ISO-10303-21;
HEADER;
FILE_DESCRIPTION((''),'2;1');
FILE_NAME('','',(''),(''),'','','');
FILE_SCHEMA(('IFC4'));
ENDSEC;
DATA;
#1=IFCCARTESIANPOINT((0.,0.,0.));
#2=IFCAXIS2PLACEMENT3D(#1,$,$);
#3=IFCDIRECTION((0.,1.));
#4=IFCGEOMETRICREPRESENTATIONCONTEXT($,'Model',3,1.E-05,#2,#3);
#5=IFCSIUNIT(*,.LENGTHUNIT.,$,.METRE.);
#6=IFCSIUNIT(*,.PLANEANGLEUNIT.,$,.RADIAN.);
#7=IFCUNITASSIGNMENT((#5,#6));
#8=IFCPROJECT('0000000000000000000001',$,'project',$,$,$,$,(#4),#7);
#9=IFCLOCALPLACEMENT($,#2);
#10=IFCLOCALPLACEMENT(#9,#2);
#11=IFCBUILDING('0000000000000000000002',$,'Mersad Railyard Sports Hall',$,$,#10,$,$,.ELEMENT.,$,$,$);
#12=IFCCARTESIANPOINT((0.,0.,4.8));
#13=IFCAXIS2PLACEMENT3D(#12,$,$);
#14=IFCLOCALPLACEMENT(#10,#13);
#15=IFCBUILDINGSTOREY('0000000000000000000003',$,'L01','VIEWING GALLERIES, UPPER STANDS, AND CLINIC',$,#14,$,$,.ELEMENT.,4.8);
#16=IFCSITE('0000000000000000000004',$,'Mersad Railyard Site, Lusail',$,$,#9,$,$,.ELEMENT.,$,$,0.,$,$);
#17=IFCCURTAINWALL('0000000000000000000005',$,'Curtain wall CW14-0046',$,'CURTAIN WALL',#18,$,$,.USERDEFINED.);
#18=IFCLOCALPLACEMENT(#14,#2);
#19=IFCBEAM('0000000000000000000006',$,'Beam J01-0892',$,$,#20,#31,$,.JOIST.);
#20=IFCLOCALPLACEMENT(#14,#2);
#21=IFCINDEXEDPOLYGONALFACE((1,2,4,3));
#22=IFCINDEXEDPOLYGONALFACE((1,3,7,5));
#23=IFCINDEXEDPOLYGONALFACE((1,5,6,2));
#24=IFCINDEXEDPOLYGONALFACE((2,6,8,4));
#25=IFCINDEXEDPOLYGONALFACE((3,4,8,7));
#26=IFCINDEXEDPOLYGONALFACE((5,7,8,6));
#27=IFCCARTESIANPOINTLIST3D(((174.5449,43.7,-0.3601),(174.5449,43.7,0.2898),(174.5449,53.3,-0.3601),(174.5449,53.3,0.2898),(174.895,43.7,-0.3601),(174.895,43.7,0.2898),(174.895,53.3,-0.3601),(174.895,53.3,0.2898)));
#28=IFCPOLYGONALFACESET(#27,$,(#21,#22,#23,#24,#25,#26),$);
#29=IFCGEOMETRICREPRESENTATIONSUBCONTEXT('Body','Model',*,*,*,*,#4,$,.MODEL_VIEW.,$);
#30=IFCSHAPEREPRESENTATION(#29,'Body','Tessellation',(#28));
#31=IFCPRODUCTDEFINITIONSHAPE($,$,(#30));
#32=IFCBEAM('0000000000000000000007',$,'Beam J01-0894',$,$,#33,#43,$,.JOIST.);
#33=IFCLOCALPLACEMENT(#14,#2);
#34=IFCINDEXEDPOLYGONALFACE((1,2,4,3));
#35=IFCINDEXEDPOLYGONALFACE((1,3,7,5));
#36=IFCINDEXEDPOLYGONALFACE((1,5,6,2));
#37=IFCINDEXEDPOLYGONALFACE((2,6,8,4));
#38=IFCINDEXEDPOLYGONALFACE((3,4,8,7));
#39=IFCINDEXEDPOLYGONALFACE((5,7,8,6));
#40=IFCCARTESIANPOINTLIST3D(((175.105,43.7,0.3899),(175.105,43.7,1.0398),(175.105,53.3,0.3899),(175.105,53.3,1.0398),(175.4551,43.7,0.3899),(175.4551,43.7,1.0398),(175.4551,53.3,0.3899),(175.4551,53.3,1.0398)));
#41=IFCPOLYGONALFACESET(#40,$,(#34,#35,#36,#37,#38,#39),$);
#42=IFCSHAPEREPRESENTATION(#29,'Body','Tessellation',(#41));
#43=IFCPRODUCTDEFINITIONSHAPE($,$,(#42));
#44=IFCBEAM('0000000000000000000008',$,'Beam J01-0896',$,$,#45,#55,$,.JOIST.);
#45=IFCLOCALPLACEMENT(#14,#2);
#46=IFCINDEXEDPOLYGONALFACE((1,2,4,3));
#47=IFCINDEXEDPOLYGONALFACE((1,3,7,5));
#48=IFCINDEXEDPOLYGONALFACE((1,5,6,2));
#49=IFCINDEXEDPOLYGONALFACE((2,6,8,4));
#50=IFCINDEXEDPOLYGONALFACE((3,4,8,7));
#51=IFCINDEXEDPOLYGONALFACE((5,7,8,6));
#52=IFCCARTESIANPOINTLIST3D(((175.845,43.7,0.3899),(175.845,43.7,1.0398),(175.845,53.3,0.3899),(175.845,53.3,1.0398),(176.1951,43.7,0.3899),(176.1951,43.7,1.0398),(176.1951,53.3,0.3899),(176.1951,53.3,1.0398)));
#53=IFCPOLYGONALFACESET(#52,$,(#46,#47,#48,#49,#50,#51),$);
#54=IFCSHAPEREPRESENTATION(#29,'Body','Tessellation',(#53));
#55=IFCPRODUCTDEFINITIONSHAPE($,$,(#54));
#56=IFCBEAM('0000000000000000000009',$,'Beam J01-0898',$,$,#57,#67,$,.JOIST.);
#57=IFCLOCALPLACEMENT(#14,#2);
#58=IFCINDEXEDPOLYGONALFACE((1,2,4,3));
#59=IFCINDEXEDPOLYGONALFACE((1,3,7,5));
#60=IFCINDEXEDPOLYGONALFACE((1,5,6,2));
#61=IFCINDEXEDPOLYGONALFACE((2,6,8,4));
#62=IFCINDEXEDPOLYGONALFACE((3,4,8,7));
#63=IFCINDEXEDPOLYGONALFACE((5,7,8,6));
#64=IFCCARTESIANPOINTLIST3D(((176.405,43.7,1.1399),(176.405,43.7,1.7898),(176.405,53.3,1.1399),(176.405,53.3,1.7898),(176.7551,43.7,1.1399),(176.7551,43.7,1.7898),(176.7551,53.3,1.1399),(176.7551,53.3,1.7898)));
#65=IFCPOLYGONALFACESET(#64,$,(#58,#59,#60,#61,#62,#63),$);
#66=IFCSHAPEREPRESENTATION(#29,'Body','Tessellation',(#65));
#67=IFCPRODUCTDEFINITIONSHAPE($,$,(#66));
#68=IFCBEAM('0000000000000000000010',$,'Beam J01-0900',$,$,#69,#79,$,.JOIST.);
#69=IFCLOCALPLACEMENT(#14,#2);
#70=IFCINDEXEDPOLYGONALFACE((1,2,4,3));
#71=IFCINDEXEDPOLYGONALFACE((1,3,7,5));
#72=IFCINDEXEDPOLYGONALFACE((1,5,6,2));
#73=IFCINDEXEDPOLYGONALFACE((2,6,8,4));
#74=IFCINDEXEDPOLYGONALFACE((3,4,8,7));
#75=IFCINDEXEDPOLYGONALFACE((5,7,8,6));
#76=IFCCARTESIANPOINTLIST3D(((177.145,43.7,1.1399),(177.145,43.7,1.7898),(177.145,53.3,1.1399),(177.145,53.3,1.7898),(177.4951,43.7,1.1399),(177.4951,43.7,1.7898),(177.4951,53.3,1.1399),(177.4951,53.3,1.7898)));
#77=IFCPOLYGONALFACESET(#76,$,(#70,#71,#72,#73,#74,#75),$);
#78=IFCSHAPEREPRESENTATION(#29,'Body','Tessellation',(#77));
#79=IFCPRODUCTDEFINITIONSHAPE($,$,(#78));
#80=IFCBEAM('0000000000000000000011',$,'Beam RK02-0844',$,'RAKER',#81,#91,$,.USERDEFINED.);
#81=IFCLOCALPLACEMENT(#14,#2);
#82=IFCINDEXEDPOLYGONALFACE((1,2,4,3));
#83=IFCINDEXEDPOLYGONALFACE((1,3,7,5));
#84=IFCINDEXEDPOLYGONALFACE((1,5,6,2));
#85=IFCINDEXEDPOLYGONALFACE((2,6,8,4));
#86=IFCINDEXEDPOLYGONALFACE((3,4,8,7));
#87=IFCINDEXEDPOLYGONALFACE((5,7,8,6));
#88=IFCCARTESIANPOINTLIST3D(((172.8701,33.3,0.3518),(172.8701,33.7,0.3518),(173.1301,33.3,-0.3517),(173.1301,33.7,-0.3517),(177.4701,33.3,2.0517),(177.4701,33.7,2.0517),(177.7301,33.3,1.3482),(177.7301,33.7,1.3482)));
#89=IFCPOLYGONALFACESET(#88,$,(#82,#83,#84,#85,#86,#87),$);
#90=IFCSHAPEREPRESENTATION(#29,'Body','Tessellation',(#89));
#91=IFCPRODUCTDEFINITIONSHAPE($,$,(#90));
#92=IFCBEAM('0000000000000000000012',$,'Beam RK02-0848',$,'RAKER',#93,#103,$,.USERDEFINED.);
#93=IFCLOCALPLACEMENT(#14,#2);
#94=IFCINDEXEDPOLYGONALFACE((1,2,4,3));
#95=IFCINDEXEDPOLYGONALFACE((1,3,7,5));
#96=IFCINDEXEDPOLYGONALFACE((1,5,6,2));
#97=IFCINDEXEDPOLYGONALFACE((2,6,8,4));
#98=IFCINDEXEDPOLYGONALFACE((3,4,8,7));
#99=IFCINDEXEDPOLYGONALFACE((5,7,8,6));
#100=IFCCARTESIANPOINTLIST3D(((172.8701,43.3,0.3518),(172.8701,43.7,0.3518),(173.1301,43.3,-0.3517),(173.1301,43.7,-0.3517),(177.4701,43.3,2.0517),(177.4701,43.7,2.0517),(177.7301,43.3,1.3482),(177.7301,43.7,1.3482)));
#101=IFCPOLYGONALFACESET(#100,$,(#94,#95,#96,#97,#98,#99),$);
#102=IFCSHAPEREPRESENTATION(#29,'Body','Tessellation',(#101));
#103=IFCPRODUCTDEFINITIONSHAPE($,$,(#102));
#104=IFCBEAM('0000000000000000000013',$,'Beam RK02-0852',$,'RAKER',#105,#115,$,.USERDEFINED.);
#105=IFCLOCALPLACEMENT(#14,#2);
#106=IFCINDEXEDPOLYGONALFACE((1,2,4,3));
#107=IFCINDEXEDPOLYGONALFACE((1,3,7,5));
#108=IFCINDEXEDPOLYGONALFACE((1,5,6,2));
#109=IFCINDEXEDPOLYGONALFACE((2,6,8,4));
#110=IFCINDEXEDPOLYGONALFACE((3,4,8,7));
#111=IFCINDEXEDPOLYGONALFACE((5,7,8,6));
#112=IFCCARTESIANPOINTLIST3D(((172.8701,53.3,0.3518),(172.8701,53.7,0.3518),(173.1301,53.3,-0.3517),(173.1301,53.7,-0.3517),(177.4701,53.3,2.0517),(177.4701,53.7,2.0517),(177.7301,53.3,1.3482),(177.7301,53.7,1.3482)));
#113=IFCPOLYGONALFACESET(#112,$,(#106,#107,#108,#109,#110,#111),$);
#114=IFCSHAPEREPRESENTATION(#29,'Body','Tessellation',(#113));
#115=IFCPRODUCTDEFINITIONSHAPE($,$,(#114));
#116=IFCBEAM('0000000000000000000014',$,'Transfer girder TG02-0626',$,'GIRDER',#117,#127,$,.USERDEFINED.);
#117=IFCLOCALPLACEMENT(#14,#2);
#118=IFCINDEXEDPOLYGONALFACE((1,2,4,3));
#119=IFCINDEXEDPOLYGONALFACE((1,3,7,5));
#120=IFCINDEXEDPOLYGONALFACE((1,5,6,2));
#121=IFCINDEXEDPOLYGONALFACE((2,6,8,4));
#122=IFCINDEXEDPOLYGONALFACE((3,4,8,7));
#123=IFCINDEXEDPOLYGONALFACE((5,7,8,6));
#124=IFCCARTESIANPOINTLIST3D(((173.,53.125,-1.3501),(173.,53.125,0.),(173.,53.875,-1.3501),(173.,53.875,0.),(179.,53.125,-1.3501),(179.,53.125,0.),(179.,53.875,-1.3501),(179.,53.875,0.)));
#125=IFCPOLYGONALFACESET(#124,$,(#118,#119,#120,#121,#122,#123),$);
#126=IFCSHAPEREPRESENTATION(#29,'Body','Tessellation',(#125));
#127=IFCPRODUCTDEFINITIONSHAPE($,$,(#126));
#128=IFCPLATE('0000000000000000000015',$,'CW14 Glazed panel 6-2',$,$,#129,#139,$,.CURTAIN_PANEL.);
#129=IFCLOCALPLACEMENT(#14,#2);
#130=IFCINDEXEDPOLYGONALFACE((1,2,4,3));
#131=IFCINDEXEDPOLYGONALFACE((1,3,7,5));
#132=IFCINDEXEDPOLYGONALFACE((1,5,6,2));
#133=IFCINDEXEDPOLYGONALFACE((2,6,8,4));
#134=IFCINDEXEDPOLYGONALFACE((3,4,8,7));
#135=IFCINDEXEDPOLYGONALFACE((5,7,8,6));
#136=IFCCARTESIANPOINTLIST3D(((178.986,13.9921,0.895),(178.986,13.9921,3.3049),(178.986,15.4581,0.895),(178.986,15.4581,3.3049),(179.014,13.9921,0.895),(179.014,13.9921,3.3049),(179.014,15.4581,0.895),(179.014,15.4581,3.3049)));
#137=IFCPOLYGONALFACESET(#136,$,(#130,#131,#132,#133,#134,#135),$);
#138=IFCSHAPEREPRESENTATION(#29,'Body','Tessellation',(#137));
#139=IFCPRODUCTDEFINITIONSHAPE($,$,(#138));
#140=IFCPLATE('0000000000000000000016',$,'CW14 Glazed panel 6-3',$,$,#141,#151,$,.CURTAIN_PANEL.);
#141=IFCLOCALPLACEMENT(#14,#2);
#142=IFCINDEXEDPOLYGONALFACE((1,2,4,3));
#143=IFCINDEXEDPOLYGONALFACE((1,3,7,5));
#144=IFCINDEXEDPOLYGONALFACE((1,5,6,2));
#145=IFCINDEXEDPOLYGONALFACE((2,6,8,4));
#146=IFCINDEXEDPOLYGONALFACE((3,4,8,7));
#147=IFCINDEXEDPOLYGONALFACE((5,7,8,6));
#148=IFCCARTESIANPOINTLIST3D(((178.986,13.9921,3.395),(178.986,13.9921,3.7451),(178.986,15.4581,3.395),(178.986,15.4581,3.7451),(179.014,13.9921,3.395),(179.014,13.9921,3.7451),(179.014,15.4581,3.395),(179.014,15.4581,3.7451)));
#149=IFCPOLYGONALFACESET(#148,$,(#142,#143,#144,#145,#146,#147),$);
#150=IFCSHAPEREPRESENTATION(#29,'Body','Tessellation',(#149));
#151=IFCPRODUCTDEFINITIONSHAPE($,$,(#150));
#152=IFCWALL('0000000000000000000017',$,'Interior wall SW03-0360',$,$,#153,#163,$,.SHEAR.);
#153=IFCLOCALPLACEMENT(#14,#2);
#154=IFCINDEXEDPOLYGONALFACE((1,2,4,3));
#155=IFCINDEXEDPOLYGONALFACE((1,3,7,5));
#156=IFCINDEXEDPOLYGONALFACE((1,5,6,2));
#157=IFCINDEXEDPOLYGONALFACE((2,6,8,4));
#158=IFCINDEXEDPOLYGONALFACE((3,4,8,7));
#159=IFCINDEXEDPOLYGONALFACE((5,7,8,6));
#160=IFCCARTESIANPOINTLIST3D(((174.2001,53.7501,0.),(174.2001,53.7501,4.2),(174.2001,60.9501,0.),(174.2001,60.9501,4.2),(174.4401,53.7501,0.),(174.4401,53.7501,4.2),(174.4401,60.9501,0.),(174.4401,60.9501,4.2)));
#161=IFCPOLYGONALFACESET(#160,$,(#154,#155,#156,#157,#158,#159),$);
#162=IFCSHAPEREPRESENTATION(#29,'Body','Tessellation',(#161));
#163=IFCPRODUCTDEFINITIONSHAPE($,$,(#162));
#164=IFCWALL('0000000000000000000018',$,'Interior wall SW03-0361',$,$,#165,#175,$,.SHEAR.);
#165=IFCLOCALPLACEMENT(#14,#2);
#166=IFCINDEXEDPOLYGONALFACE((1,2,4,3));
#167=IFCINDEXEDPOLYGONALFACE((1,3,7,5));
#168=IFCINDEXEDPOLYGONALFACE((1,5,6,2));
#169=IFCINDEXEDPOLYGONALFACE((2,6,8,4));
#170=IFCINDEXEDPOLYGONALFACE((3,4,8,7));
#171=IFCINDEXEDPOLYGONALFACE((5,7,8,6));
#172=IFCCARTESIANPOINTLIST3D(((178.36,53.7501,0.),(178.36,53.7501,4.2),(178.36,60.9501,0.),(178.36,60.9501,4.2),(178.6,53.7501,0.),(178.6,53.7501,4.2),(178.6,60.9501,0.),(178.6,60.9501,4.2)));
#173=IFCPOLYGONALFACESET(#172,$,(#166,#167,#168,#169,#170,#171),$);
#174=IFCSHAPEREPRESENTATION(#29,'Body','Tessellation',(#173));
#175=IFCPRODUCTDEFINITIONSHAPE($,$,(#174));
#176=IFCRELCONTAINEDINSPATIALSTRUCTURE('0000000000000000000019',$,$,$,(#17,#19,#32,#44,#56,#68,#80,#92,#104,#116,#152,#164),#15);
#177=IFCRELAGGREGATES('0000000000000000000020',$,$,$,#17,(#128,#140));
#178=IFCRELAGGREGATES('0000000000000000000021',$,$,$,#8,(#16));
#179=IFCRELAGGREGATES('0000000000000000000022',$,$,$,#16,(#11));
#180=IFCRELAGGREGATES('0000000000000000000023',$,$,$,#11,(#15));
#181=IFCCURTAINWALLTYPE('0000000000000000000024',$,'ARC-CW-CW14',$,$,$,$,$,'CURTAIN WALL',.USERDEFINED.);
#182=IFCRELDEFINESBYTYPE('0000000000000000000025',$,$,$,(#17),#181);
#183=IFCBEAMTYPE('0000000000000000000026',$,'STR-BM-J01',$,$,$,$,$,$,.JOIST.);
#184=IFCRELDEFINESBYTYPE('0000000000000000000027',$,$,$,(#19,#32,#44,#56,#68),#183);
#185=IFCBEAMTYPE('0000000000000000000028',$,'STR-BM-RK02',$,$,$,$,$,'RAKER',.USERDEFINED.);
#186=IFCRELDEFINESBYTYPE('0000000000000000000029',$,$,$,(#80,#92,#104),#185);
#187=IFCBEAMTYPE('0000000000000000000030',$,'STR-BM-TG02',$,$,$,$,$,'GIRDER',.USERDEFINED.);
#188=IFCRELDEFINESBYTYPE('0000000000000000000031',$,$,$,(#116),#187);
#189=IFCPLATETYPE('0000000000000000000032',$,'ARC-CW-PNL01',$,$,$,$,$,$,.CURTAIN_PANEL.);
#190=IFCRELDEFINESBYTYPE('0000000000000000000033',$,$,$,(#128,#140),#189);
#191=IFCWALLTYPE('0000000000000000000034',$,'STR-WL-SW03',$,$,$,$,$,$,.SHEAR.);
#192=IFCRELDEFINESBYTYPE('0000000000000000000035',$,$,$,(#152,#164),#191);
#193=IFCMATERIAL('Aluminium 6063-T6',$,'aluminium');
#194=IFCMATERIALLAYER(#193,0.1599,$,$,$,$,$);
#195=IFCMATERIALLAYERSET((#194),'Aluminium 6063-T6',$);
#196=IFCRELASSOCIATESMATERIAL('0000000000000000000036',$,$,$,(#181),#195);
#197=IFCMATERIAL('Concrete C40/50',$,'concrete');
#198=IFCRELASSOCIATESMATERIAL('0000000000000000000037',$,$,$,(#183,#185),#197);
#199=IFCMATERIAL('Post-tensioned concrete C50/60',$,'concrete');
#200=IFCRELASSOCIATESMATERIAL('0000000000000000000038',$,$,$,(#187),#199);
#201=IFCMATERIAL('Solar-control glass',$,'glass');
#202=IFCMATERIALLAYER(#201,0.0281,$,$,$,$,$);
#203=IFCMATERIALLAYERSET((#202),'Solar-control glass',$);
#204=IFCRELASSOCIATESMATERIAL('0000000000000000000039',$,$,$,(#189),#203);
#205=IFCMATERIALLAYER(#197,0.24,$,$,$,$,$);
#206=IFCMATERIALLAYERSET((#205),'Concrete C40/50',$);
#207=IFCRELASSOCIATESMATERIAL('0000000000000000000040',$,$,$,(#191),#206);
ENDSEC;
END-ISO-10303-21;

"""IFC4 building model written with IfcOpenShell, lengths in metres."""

from ifc_helpers import new_model, si_unit, direction, frame, frame_2d, origin, origin_2d, place, context, subcontext, project, spatial, rectangle, extrude, material, layer, layer_set, material_profile, profile_set, type_object, element, aggregate, save


model = new_model("IFC4")

# Units and contexts
model_context = context("Model", 3, precision=1e-05, world=origin(), true_north=direction((0.0, 1.0)))
body_context = subcontext(model_context, "Body", "Model", "MODEL_VIEW")
ifc_project = project(units=[si_unit("LENGTHUNIT", "METRE"), si_unit("PLANEANGLEUNIT", "RADIAN")], contexts=[model_context])

# Site, building, storey
site_placement = place(None, origin())
site = spatial("IfcSite", under=ifc_project, at=site_placement, Name="Mersad Railyard Site, Lusail", CompositionType="ELEMENT", RefElevation=0.0)
building_placement = place(site_placement, origin())
building = spatial("IfcBuilding", under=site, at=building_placement, Name="Mersad Railyard Sports Hall", CompositionType="ELEMENT")
storey_placement = place(building_placement, frame((0.0, 0.0, 4.8)))
storey = spatial("IfcBuildingStorey", under=building, at=storey_placement, Name="L01", Description="VIEWING GALLERIES, UPPER STANDS, AND CLINIC", CompositionType="ELEMENT", Elevation=4.8)

# Shared definitions
ifc_material_1 = material(Name="Concrete C40/50", Category="concrete")

# Curtain wall
ifc_material_2 = material(Name="Aluminium 6063-T6", Category="aluminium")
ifc_layer_1 = layer(ifc_material_2, 0.1599)
ifc_layer_set_1 = layer_set([ifc_layer_1], Name="Aluminium 6063-T6")
curtain_wall_type = type_object("IfcCurtainWallType", Name="ARC-CW-CW14", ElementType="CURTAIN WALL", PredefinedType="USERDEFINED", material=ifc_layer_set_1)
curtain_wall_placement = place(storey_placement, origin())
curtain_wall = element("IfcCurtainWall", 1, at=curtain_wall_placement, inside=storey, type_object=curtain_wall_type, Name="Curtain wall CW14-0046", ObjectType="CURTAIN WALL", PredefinedType="USERDEFINED")

# Beams
ifc_material_profile_1 = material_profile(ifc_material_1, rectangle(XDim=0.3501, YDim=0.6499, at=origin_2d()), Name="RC 350x650")
ifc_profile_set_1 = profile_set([ifc_material_profile_1], Name="Concrete C40/50")
beam_type_1 = type_object("IfcBeamType", Name="STR-BM-J01", PredefinedType="JOIST", material=ifc_profile_set_1)
for number, where, z_axis, x_axis, name in (
    (2, (174.72, 43.7, -0.0352), (0.0, 1.0, 0.0), (-1.0, 0.0, 0.0), "Beam J01-0892"),
    (3, (175.28, 43.7, 0.7148), (0.0, 1.0, 0.0), (-1.0, 0.0, 0.0), "Beam J01-0894"),
    (4, (176.02, 43.7, 0.7148), (0.0, 1.0, 0.0), (-1.0, 0.0, 0.0), "Beam J01-0896"),
    (5, (176.5801, 43.7, 1.4648), (0.0, 1.0, 0.0), (-1.0, 0.0, 0.0), "Beam J01-0898"),
    (6, (177.3201, 43.7, 1.4648), (0.0, 1.0, 0.0), (-1.0, 0.0, 0.0), "Beam J01-0900"),
):
    element("IfcBeam", number, at=place(storey_placement, frame(where, z_axis=z_axis, x_axis=x_axis)), inside=storey, type_object=beam_type_1, Name=name, PredefinedType="JOIST", context=body_context, shape_type="SweptSolid", body=[
        extrude(rectangle(XDim=0.3501, YDim=0.6499, at=origin_2d()), origin(), (0.0, 0.0, 1.0), 9.6001),
    ])
ifc_material_profile_2 = material_profile(ifc_material_1, rectangle(XDim=0.3999, YDim=0.75, at=origin_2d()), Name="RC 400x750")
ifc_profile_set_2 = profile_set([ifc_material_profile_2], Name="Concrete C40/50")
beam_type_2 = type_object("IfcBeamType", Name="STR-BM-RK02", ElementType="RAKER", PredefinedType="USERDEFINED", material=ifc_profile_set_2)
for number, where, z_axis, x_axis, name in (
    (7, (177.6001, 33.5, 1.7), (-0.938, 0.0, -0.346635), (0.0, -1.0, 0.0), "Beam RK02-0844"),
    (8, (177.6001, 43.5, 1.7), (-0.938, 0.0, -0.346635), (0.0, -1.0, 0.0), "Beam RK02-0848"),
    (9, (177.6001, 53.5, 1.7), (-0.938, 0.0, -0.346635), (0.0, -1.0, 0.0), "Beam RK02-0852"),
):
    element("IfcBeam", number, at=place(storey_placement, frame(where, z_axis=z_axis, x_axis=x_axis)), inside=storey, type_object=beam_type_2, Name=name, ObjectType="RAKER", PredefinedType="USERDEFINED", context=body_context, shape_type="SweptSolid", body=[
        extrude(rectangle(XDim=0.3999, YDim=0.75, at=origin_2d()), origin(), (0.0, 0.0, 1.0), 4.9041),
    ])
ifc_material_3 = material(Name="Post-tensioned concrete C50/60", Category="concrete")
ifc_material_profile_3 = material_profile(ifc_material_3, rectangle(XDim=0.75, YDim=1.3501, at=origin_2d()), Name="PT 750x1350")
ifc_profile_set_3 = profile_set([ifc_material_profile_3], Name="Post-tensioned concrete C50/60")
beam_type_3 = type_object("IfcBeamType", Name="STR-BM-TG02", ElementType="GIRDER", PredefinedType="USERDEFINED", material=ifc_profile_set_3)
beam_1_placement = place(storey_placement, frame((173.0, 53.5, -0.675), z_axis=(1.0, 0.0, 0.0), x_axis=(0.0, 1.0, 0.0)))
element("IfcBeam", 10, at=beam_1_placement, inside=storey, type_object=beam_type_3, Name="Transfer girder TG02-0626", ObjectType="GIRDER", PredefinedType="USERDEFINED", context=body_context, shape_type="SweptSolid", body=[
    extrude(rectangle(XDim=0.75, YDim=1.3501, at=origin_2d()), origin(), (0.0, 0.0, 1.0), 6.0),
])

# Plates
ifc_material_4 = material(Name="Solar-control glass", Category="glass")
ifc_layer_2 = layer(ifc_material_4, 0.0281)
ifc_layer_set_2 = layer_set([ifc_layer_2], Name="Solar-control glass")
plate_type = type_object("IfcPlateType", Name="ARC-CW-PNL01", PredefinedType="CURTAIN_PANEL", material=ifc_layer_set_2)
plate_1_placement = place(storey_placement, frame((179.0, 14.7251, 0.895), z_axis=(0.0, 0.0, 1.0), x_axis=(0.0, -1.0, 0.0)))
plate_1 = element("IfcPlate", 11, at=plate_1_placement, type_object=plate_type, Name="CW14 Glazed panel 6-2", PredefinedType="CURTAIN_PANEL", context=body_context, shape_type="SweptSolid", body=[
    extrude(rectangle(XDim=1.4661, YDim=0.0281, at=origin_2d()), origin(), (0.0, 0.0, 1.0), 2.4099),
])
plate_2_placement = place(storey_placement, frame((179.0, 14.7251, 3.395), z_axis=(0.0, 0.0, 1.0), x_axis=(0.0, -1.0, 0.0)))
plate_2 = element("IfcPlate", 12, at=plate_2_placement, type_object=plate_type, Name="CW14 Glazed panel 6-3", PredefinedType="CURTAIN_PANEL", context=body_context, shape_type="SweptSolid", body=[
    extrude(rectangle(XDim=1.4661, YDim=0.0281, at=origin_2d()), origin(), (0.0, 0.0, 1.0), 0.3501),
])
aggregate(curtain_wall, [plate_1, plate_2])

# Walls
ifc_layer_3 = layer(ifc_material_1, 0.24)
ifc_layer_set_3 = layer_set([ifc_layer_3], Name="Concrete C40/50")
wall_type = type_object("IfcWallType", Name="STR-WL-SW03", PredefinedType="SHEAR", material=ifc_layer_set_3)
for number, where, z_axis, x_axis, name in (
    (13, (174.3201, 53.75, 0.0), (0.0, 0.0, 1.0), (0.0, 1.0, 0.0), "Interior wall SW03-0360"),
    (14, (178.48, 53.75, 0.0), (0.0, 0.0, 1.0), (0.0, 1.0, 0.0), "Interior wall SW03-0361"),
):
    element("IfcWall", number, at=place(storey_placement, frame(where, z_axis=z_axis, x_axis=x_axis)), inside=storey, type_object=wall_type, Name=name, PredefinedType="SHEAR", context=body_context, shape_type="SweptSolid", body=[
        extrude(rectangle(XDim=7.2, YDim=0.24, at=frame_2d((3.6001, 0.0))), origin(), (0.0, 0.0, 1.0), 4.2),
    ])

save(model, "model.ifc")
